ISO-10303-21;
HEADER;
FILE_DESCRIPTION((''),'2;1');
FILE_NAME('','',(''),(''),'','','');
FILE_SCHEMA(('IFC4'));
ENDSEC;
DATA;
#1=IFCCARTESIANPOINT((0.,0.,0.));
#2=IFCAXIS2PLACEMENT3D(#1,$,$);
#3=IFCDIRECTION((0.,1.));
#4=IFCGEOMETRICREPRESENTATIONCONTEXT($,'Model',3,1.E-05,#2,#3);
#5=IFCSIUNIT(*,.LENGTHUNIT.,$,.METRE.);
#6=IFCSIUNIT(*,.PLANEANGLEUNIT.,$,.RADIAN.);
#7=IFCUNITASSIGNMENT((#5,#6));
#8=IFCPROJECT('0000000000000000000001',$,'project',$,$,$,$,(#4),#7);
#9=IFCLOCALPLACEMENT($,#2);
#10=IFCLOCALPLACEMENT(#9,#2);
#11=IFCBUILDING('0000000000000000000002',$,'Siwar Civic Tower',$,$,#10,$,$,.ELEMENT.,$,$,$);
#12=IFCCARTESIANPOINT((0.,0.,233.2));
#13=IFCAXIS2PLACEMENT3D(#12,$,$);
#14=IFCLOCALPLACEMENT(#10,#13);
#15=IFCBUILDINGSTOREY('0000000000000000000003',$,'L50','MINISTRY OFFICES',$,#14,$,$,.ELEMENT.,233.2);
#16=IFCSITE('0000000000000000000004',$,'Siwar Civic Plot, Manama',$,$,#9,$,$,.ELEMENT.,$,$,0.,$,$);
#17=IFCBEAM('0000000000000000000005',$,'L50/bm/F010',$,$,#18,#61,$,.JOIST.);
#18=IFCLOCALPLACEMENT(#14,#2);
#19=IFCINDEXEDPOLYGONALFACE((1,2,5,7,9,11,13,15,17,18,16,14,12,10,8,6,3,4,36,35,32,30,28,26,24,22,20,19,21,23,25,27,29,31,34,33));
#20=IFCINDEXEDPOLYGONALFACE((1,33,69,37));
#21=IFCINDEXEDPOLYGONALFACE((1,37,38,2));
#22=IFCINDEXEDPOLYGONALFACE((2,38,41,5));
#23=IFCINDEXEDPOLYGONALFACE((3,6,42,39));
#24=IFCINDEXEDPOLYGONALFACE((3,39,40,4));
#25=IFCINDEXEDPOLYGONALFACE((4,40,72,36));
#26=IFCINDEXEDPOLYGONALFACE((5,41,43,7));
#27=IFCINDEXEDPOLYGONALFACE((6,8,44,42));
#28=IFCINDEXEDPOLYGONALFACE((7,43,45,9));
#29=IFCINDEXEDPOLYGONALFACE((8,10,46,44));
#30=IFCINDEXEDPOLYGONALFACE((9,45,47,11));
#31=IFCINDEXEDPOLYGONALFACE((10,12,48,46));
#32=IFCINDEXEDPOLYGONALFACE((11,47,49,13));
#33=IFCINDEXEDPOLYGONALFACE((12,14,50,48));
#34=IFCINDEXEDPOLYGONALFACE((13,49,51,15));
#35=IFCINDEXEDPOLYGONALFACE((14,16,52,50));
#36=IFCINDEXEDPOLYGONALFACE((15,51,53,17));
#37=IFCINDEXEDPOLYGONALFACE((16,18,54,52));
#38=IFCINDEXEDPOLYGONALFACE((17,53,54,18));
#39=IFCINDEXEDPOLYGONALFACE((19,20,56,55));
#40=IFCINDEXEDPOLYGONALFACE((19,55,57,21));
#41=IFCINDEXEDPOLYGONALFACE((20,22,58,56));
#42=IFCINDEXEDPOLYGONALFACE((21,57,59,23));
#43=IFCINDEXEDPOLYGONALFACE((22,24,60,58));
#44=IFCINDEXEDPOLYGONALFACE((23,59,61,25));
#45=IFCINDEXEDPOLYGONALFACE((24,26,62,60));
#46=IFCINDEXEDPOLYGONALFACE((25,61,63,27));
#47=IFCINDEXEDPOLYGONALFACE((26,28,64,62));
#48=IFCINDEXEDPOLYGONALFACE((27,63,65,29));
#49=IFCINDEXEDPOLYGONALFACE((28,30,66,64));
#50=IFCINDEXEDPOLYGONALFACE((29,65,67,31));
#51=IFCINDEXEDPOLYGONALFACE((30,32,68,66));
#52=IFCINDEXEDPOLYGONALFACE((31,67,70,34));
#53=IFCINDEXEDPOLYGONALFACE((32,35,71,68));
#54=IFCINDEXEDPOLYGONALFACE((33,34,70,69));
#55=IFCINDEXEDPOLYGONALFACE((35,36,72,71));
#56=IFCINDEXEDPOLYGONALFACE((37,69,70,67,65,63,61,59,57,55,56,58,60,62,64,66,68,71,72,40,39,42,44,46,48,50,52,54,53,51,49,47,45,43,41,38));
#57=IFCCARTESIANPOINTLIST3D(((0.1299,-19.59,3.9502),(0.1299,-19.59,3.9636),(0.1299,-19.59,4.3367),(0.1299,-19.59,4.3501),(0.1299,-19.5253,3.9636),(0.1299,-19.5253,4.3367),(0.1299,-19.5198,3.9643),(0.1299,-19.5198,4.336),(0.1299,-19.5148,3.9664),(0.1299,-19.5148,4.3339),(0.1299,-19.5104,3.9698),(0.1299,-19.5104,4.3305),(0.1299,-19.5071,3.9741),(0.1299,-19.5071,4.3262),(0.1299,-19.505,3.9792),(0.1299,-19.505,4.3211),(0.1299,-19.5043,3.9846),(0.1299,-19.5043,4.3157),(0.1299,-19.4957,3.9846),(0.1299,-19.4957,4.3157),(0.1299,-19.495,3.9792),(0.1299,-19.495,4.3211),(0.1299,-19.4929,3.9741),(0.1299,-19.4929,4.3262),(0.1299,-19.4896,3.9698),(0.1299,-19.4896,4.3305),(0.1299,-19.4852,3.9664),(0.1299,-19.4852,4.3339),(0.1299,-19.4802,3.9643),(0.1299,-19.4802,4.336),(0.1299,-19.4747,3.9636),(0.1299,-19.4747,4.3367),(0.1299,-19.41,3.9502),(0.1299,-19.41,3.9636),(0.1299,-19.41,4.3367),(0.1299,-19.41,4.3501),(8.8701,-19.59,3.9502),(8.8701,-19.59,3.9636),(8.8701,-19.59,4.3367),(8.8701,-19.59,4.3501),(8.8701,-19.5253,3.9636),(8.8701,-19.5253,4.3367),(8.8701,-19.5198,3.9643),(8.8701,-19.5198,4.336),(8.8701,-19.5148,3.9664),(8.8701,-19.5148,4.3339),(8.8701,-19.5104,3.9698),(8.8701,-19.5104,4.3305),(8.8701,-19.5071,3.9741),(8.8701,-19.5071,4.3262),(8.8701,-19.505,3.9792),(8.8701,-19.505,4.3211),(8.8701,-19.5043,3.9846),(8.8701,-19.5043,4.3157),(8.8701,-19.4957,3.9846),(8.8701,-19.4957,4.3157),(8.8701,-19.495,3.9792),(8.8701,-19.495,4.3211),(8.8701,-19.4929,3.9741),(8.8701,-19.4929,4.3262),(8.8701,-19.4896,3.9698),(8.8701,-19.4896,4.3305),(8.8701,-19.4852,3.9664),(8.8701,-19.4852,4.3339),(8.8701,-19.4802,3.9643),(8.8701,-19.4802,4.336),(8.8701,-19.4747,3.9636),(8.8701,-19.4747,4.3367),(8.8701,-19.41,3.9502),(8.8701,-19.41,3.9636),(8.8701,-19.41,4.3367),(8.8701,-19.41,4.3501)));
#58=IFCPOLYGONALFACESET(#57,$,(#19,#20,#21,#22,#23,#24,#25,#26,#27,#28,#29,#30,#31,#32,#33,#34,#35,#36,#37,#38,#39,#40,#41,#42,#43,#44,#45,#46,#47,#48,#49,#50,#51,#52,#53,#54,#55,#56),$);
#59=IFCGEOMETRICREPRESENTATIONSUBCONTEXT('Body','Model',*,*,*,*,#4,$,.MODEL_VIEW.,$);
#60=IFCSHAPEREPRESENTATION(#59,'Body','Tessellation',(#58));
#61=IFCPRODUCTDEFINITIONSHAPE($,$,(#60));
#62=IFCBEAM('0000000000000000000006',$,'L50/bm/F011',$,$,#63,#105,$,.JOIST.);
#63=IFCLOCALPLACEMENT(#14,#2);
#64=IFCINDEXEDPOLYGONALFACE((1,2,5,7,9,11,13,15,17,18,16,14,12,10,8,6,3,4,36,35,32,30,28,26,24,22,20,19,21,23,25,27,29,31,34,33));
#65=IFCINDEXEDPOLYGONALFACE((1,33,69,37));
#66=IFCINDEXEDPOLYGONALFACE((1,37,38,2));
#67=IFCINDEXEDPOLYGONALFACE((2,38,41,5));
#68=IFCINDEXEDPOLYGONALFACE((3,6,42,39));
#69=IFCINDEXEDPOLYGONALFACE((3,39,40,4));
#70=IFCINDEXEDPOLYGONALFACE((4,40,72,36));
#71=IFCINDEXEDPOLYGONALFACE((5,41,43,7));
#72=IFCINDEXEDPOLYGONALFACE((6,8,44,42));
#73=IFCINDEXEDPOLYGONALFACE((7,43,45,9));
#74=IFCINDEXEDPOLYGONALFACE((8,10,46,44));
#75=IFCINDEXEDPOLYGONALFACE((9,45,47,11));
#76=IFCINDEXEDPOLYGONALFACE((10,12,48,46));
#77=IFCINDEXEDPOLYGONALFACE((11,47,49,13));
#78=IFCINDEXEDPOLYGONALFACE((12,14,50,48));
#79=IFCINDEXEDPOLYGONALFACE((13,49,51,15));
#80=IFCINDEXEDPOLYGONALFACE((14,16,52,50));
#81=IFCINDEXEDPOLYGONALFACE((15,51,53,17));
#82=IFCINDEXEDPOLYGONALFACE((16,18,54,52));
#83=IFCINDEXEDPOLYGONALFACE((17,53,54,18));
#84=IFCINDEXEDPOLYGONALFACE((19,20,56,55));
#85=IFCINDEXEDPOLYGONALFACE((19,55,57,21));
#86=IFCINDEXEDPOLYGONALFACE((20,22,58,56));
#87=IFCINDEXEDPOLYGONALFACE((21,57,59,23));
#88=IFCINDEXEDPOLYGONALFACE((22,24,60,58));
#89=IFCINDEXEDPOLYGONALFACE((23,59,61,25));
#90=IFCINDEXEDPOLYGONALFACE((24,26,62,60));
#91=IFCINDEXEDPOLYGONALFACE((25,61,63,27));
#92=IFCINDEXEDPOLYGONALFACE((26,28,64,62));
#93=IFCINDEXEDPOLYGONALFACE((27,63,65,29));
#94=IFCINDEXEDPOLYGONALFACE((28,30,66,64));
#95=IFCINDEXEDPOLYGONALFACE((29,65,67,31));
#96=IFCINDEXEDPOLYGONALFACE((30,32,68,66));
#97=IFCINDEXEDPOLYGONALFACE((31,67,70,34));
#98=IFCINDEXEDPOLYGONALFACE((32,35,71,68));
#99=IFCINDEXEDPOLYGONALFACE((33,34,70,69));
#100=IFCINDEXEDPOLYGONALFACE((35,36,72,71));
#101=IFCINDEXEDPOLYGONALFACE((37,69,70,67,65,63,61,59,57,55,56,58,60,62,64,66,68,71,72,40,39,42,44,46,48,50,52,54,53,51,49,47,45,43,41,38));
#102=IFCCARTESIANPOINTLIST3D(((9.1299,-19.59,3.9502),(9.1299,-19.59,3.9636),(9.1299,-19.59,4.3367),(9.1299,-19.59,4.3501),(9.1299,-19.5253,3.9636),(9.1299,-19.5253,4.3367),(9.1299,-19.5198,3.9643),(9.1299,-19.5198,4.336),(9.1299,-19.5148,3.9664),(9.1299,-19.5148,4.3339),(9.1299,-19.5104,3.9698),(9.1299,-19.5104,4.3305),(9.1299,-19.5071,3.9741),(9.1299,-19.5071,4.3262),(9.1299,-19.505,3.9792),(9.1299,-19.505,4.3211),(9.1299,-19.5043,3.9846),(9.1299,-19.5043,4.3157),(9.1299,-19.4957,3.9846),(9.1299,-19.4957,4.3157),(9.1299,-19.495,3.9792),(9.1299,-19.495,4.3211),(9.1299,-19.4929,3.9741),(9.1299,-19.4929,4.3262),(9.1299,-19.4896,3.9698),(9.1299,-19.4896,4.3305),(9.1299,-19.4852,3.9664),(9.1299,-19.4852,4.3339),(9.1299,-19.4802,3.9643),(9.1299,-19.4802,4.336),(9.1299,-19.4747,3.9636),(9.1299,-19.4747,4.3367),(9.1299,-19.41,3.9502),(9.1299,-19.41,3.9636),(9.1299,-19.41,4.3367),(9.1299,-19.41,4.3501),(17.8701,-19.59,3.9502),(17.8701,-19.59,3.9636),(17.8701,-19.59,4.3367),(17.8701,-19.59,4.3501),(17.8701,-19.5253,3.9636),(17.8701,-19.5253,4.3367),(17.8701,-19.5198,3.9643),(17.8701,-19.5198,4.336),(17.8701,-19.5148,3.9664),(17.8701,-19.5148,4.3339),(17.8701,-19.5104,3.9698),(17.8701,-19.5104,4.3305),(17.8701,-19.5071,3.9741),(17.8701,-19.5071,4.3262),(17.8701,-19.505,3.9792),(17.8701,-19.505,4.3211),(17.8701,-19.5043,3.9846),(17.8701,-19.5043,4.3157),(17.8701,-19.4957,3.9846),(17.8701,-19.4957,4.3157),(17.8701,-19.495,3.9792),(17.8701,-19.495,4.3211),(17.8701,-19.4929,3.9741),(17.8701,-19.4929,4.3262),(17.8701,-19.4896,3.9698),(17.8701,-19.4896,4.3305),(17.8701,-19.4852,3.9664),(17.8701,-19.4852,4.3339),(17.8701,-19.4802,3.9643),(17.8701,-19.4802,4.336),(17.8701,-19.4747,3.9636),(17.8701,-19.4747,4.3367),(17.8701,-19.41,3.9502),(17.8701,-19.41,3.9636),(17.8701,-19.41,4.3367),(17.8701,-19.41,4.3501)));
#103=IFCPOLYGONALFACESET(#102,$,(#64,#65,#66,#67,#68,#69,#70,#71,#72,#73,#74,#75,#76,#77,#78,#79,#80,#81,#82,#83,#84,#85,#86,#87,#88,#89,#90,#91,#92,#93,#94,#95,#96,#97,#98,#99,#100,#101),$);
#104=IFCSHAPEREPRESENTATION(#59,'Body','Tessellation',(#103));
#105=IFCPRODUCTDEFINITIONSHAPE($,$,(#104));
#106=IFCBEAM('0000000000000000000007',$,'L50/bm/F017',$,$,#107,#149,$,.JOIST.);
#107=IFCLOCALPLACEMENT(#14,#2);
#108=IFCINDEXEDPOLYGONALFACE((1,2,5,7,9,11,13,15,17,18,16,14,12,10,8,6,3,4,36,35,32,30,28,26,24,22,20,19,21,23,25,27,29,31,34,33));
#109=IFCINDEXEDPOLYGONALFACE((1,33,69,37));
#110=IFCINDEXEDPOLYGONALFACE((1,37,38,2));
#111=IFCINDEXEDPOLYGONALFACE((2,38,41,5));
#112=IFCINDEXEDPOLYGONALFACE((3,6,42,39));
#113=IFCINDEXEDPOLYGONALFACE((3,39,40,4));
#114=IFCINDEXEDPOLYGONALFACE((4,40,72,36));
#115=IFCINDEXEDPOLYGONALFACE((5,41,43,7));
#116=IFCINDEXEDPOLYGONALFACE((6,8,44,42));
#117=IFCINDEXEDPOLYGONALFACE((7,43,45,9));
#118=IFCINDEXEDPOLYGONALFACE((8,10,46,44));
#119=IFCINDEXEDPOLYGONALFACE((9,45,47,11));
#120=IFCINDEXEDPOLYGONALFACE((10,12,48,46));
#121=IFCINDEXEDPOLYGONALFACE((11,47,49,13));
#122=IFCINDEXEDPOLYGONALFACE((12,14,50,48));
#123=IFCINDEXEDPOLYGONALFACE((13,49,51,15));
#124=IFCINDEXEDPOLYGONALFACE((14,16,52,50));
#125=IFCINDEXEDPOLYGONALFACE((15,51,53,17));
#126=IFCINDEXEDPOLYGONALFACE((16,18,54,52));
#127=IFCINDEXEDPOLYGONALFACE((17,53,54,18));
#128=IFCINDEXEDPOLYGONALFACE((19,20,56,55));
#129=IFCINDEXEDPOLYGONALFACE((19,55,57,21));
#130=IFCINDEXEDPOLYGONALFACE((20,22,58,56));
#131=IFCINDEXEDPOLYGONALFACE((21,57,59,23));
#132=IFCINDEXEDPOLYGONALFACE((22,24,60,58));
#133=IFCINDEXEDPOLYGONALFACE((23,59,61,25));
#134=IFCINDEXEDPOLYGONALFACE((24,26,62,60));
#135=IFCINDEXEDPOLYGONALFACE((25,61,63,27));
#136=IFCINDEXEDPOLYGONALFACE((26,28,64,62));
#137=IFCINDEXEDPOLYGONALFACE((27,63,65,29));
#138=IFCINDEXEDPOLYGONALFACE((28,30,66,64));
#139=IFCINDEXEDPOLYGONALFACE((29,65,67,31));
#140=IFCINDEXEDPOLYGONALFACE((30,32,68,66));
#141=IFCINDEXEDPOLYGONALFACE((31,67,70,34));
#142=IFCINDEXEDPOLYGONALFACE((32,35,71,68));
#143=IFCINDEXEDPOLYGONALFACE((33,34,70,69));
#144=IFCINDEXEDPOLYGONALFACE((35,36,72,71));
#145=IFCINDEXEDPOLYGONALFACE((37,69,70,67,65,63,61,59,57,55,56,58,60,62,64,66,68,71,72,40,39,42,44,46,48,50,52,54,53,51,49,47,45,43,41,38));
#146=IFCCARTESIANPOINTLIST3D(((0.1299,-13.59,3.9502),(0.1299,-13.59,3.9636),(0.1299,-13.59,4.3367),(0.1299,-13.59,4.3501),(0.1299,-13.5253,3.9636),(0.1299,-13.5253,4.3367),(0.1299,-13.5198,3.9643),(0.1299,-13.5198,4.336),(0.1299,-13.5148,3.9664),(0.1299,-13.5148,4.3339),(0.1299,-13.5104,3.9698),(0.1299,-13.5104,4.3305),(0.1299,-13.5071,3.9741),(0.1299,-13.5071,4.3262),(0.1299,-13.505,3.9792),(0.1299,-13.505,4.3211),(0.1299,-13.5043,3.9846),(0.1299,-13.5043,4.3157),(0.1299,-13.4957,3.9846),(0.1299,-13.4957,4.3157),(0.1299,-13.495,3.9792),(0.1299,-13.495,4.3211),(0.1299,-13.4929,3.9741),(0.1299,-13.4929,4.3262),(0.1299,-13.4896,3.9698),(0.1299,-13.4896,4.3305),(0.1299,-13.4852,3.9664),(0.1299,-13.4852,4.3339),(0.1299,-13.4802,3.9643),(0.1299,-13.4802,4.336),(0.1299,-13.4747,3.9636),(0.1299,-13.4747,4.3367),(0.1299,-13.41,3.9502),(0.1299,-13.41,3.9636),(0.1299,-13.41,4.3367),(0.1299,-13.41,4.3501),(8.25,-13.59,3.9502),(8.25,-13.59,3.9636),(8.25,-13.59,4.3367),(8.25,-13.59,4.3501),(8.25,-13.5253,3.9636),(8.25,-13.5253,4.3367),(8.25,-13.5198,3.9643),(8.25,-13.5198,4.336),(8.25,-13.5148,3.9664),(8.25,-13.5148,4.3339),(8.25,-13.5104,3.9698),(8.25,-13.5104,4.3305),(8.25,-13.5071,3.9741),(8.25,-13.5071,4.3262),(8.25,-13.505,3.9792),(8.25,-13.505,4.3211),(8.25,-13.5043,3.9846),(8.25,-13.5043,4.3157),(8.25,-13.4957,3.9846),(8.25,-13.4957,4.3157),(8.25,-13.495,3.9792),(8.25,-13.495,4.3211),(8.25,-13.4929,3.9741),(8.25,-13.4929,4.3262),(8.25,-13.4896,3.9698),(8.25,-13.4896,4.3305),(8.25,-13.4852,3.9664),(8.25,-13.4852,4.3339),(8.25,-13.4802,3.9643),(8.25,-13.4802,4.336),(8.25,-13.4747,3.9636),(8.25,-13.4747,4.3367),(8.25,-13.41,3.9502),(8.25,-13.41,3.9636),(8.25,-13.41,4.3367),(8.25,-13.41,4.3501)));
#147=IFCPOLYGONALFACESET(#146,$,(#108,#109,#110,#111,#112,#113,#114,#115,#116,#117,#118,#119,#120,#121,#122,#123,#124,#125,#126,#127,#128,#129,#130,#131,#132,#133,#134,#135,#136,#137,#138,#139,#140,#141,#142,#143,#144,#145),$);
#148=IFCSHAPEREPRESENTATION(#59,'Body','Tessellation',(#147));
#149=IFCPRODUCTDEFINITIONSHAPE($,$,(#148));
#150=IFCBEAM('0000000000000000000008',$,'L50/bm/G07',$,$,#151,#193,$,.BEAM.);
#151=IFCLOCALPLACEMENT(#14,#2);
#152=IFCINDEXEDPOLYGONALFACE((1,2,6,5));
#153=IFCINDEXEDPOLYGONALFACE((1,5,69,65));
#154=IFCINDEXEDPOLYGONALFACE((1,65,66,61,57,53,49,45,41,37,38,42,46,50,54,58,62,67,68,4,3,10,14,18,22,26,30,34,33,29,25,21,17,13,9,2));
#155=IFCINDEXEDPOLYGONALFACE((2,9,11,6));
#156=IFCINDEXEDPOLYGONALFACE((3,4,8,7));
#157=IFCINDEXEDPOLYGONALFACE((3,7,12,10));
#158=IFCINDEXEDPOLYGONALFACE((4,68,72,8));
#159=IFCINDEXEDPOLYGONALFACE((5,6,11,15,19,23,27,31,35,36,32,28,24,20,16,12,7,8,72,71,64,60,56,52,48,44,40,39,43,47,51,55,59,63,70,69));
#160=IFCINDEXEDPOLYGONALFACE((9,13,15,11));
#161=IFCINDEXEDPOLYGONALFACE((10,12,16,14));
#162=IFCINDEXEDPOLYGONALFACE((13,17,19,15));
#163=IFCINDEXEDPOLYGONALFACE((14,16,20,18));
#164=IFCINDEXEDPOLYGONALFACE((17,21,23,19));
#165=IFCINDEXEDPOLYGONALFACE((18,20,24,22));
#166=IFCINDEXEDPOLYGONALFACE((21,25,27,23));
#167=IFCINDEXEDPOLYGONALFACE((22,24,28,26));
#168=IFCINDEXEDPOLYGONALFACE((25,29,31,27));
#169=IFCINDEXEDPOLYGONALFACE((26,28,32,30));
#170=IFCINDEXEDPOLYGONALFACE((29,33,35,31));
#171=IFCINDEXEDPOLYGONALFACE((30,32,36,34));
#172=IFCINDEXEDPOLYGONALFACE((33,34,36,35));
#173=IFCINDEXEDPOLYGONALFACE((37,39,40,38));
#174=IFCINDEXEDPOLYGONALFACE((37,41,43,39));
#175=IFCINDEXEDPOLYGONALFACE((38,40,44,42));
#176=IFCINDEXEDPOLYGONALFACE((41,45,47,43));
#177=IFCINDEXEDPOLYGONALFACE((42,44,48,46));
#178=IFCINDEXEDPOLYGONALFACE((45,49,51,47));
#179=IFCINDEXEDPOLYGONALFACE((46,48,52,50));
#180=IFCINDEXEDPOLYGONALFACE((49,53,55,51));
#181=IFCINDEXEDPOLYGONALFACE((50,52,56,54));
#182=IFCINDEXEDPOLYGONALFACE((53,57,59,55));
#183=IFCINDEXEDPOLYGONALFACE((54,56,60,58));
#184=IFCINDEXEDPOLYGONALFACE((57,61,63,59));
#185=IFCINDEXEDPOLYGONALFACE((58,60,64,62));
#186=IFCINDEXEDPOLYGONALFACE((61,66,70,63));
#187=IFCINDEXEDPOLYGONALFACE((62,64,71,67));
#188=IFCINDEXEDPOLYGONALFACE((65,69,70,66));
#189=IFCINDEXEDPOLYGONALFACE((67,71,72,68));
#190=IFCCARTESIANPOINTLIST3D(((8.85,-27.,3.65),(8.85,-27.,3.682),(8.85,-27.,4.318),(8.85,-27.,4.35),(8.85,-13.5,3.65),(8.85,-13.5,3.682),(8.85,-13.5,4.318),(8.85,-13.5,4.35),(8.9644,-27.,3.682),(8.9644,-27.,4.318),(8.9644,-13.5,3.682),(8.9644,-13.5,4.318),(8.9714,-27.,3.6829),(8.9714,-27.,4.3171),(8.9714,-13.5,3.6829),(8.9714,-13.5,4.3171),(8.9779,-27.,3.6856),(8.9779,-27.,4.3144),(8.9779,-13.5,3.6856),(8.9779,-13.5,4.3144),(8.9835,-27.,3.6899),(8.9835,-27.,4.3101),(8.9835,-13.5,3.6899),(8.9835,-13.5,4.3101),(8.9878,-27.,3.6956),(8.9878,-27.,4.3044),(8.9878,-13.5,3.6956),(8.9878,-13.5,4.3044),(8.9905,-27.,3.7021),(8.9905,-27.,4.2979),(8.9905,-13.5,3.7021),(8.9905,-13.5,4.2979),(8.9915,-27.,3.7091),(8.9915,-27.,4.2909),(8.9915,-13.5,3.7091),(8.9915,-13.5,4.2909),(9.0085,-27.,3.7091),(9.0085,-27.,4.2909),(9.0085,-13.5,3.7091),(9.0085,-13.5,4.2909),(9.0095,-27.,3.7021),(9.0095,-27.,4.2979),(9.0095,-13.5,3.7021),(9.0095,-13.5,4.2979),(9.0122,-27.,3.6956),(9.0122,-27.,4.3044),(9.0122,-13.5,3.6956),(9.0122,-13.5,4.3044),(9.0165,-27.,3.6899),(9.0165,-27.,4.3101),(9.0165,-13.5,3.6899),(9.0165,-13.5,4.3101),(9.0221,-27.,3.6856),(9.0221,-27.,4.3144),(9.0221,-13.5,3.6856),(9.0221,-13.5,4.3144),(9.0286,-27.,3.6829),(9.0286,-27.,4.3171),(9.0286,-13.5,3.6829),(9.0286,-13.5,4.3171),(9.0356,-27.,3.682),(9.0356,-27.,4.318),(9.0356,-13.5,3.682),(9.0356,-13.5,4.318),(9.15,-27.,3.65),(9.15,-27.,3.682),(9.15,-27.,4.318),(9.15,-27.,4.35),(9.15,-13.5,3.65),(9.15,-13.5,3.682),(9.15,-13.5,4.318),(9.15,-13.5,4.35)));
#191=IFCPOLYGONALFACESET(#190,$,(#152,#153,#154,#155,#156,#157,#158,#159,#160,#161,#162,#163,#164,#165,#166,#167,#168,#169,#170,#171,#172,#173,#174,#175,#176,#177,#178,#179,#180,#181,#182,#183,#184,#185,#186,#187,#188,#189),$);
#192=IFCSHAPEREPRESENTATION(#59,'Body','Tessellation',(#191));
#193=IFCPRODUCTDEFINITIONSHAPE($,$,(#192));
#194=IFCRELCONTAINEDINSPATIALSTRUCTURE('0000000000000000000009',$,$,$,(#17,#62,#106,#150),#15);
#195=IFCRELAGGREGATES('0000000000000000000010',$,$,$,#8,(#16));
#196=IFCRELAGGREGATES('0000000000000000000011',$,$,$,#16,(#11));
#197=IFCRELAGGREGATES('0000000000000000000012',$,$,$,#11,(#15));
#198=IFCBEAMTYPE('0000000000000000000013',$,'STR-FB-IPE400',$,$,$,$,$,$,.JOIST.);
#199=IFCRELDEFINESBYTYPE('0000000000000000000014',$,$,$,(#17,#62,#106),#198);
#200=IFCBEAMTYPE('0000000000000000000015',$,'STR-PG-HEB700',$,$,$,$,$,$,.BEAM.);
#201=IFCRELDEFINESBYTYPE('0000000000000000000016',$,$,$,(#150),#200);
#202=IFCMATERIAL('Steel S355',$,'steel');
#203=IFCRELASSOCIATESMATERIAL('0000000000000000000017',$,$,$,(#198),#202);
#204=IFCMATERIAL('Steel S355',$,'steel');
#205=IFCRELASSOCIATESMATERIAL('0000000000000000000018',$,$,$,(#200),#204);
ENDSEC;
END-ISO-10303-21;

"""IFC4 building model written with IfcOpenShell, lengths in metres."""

from ifc_helpers import new_model, si_unit, direction, frame, origin, origin_2d, place, context, subcontext, project, spatial, i_section, extrude, material, material_profile, profile_set, type_object, element, save


model = new_model("IFC4")

# Units and contexts
model_context = context("Model", 3, precision=1e-05, world=origin(), true_north=direction((0.0, 1.0)))
body_context = subcontext(model_context, "Body", "Model", "MODEL_VIEW")
ifc_project = project(units=[si_unit("LENGTHUNIT", "METRE"), si_unit("PLANEANGLEUNIT", "RADIAN")], contexts=[model_context])

# Site, building, storey
site_placement = place(None, origin())
site = spatial("IfcSite", under=ifc_project, at=site_placement, Name="Siwar Civic Plot, Manama", CompositionType="ELEMENT", RefElevation=0.0)
building_placement = place(site_placement, origin())
building = spatial("IfcBuilding", under=site, at=building_placement, Name="Siwar Civic Tower", CompositionType="ELEMENT")
storey_placement = place(building_placement, frame((0.0, 0.0, 233.2)))
storey = spatial("IfcBuildingStorey", under=building, at=storey_placement, Name="L50", Description="MINISTRY OFFICES", CompositionType="ELEMENT", Elevation=233.2)

# Beams
ifc_material_1 = material(Name="Steel S355", Category="steel")
ifc_material_profile_1 = material_profile(ifc_material_1, i_section(OverallWidth=0.1799, OverallDepth=0.3999, WebThickness=0.0085, FlangeThickness=0.0134, FilletRadius=0.021, at=origin_2d()), Name="IPE400")
ifc_profile_set_1 = profile_set([ifc_material_profile_1], Name="Steel S355")
beam_type_1 = type_object("IfcBeamType", Name="STR-FB-IPE400", PredefinedType="JOIST", material=ifc_profile_set_1)
for number, where, z_axis, x_axis, name in (
    (1, (0.1299, -19.5, 4.1501), (1.0, 0.0, 0.0), (0.0, 1.0, 0.0), "L50/bm/F010"),
    (2, (9.1299, -19.5, 4.1501), (1.0, 0.0, 0.0), (0.0, 1.0, 0.0), "L50/bm/F011"),
):
    element("IfcBeam", number, at=place(storey_placement, frame(where, z_axis=z_axis, x_axis=x_axis)), inside=storey, type_object=beam_type_1, Name=name, PredefinedType="JOIST", context=body_context, shape_type="SweptSolid", body=[
        extrude(i_section(OverallWidth=0.1799, OverallDepth=0.3999, WebThickness=0.0085, FlangeThickness=0.0134, FilletRadius=0.021, at=origin_2d()), origin(), (0.0, 0.0, 1.0), 8.7402),
    ])
beam_1_placement = place(storey_placement, frame((0.1299, -13.5, 4.1501), z_axis=(1.0, 0.0, 0.0), x_axis=(0.0, 1.0, 0.0)))
element("IfcBeam", 3, at=beam_1_placement, inside=storey, type_object=beam_type_1, Name="L50/bm/F017", PredefinedType="JOIST", context=body_context, shape_type="SweptSolid", body=[
    extrude(i_section(OverallWidth=0.1799, OverallDepth=0.3999, WebThickness=0.0085, FlangeThickness=0.0134, FilletRadius=0.021, at=origin_2d()), origin(), (0.0, 0.0, 1.0), 8.1201),
])
ifc_material_2 = material(Name="Steel S355", Category="steel")
ifc_material_profile_2 = material_profile(ifc_material_2, i_section(OverallWidth=0.3, OverallDepth=0.7, WebThickness=0.0171, FlangeThickness=0.032, FilletRadius=0.0271, at=origin_2d()), Name="HEB700")
ifc_profile_set_2 = profile_set([ifc_material_profile_2], Name="Steel S355")
beam_type_2 = type_object("IfcBeamType", Name="STR-PG-HEB700", PredefinedType="BEAM", material=ifc_profile_set_2)
beam_2_placement = place(storey_placement, frame((9.0, -27.0, 4.0), z_axis=(0.0, 1.0, 0.0), x_axis=(-1.0, 0.0, 0.0)))
element("IfcBeam", 4, at=beam_2_placement, inside=storey, type_object=beam_type_2, Name="L50/bm/G07", PredefinedType="BEAM", context=body_context, shape_type="SweptSolid", body=[
    extrude(i_section(OverallWidth=0.3, OverallDepth=0.7, WebThickness=0.0171, FlangeThickness=0.032, FilletRadius=0.0271, at=origin_2d()), origin(), (0.0, 0.0, 1.0), 13.5),
])

save(model, "model.ifc")
